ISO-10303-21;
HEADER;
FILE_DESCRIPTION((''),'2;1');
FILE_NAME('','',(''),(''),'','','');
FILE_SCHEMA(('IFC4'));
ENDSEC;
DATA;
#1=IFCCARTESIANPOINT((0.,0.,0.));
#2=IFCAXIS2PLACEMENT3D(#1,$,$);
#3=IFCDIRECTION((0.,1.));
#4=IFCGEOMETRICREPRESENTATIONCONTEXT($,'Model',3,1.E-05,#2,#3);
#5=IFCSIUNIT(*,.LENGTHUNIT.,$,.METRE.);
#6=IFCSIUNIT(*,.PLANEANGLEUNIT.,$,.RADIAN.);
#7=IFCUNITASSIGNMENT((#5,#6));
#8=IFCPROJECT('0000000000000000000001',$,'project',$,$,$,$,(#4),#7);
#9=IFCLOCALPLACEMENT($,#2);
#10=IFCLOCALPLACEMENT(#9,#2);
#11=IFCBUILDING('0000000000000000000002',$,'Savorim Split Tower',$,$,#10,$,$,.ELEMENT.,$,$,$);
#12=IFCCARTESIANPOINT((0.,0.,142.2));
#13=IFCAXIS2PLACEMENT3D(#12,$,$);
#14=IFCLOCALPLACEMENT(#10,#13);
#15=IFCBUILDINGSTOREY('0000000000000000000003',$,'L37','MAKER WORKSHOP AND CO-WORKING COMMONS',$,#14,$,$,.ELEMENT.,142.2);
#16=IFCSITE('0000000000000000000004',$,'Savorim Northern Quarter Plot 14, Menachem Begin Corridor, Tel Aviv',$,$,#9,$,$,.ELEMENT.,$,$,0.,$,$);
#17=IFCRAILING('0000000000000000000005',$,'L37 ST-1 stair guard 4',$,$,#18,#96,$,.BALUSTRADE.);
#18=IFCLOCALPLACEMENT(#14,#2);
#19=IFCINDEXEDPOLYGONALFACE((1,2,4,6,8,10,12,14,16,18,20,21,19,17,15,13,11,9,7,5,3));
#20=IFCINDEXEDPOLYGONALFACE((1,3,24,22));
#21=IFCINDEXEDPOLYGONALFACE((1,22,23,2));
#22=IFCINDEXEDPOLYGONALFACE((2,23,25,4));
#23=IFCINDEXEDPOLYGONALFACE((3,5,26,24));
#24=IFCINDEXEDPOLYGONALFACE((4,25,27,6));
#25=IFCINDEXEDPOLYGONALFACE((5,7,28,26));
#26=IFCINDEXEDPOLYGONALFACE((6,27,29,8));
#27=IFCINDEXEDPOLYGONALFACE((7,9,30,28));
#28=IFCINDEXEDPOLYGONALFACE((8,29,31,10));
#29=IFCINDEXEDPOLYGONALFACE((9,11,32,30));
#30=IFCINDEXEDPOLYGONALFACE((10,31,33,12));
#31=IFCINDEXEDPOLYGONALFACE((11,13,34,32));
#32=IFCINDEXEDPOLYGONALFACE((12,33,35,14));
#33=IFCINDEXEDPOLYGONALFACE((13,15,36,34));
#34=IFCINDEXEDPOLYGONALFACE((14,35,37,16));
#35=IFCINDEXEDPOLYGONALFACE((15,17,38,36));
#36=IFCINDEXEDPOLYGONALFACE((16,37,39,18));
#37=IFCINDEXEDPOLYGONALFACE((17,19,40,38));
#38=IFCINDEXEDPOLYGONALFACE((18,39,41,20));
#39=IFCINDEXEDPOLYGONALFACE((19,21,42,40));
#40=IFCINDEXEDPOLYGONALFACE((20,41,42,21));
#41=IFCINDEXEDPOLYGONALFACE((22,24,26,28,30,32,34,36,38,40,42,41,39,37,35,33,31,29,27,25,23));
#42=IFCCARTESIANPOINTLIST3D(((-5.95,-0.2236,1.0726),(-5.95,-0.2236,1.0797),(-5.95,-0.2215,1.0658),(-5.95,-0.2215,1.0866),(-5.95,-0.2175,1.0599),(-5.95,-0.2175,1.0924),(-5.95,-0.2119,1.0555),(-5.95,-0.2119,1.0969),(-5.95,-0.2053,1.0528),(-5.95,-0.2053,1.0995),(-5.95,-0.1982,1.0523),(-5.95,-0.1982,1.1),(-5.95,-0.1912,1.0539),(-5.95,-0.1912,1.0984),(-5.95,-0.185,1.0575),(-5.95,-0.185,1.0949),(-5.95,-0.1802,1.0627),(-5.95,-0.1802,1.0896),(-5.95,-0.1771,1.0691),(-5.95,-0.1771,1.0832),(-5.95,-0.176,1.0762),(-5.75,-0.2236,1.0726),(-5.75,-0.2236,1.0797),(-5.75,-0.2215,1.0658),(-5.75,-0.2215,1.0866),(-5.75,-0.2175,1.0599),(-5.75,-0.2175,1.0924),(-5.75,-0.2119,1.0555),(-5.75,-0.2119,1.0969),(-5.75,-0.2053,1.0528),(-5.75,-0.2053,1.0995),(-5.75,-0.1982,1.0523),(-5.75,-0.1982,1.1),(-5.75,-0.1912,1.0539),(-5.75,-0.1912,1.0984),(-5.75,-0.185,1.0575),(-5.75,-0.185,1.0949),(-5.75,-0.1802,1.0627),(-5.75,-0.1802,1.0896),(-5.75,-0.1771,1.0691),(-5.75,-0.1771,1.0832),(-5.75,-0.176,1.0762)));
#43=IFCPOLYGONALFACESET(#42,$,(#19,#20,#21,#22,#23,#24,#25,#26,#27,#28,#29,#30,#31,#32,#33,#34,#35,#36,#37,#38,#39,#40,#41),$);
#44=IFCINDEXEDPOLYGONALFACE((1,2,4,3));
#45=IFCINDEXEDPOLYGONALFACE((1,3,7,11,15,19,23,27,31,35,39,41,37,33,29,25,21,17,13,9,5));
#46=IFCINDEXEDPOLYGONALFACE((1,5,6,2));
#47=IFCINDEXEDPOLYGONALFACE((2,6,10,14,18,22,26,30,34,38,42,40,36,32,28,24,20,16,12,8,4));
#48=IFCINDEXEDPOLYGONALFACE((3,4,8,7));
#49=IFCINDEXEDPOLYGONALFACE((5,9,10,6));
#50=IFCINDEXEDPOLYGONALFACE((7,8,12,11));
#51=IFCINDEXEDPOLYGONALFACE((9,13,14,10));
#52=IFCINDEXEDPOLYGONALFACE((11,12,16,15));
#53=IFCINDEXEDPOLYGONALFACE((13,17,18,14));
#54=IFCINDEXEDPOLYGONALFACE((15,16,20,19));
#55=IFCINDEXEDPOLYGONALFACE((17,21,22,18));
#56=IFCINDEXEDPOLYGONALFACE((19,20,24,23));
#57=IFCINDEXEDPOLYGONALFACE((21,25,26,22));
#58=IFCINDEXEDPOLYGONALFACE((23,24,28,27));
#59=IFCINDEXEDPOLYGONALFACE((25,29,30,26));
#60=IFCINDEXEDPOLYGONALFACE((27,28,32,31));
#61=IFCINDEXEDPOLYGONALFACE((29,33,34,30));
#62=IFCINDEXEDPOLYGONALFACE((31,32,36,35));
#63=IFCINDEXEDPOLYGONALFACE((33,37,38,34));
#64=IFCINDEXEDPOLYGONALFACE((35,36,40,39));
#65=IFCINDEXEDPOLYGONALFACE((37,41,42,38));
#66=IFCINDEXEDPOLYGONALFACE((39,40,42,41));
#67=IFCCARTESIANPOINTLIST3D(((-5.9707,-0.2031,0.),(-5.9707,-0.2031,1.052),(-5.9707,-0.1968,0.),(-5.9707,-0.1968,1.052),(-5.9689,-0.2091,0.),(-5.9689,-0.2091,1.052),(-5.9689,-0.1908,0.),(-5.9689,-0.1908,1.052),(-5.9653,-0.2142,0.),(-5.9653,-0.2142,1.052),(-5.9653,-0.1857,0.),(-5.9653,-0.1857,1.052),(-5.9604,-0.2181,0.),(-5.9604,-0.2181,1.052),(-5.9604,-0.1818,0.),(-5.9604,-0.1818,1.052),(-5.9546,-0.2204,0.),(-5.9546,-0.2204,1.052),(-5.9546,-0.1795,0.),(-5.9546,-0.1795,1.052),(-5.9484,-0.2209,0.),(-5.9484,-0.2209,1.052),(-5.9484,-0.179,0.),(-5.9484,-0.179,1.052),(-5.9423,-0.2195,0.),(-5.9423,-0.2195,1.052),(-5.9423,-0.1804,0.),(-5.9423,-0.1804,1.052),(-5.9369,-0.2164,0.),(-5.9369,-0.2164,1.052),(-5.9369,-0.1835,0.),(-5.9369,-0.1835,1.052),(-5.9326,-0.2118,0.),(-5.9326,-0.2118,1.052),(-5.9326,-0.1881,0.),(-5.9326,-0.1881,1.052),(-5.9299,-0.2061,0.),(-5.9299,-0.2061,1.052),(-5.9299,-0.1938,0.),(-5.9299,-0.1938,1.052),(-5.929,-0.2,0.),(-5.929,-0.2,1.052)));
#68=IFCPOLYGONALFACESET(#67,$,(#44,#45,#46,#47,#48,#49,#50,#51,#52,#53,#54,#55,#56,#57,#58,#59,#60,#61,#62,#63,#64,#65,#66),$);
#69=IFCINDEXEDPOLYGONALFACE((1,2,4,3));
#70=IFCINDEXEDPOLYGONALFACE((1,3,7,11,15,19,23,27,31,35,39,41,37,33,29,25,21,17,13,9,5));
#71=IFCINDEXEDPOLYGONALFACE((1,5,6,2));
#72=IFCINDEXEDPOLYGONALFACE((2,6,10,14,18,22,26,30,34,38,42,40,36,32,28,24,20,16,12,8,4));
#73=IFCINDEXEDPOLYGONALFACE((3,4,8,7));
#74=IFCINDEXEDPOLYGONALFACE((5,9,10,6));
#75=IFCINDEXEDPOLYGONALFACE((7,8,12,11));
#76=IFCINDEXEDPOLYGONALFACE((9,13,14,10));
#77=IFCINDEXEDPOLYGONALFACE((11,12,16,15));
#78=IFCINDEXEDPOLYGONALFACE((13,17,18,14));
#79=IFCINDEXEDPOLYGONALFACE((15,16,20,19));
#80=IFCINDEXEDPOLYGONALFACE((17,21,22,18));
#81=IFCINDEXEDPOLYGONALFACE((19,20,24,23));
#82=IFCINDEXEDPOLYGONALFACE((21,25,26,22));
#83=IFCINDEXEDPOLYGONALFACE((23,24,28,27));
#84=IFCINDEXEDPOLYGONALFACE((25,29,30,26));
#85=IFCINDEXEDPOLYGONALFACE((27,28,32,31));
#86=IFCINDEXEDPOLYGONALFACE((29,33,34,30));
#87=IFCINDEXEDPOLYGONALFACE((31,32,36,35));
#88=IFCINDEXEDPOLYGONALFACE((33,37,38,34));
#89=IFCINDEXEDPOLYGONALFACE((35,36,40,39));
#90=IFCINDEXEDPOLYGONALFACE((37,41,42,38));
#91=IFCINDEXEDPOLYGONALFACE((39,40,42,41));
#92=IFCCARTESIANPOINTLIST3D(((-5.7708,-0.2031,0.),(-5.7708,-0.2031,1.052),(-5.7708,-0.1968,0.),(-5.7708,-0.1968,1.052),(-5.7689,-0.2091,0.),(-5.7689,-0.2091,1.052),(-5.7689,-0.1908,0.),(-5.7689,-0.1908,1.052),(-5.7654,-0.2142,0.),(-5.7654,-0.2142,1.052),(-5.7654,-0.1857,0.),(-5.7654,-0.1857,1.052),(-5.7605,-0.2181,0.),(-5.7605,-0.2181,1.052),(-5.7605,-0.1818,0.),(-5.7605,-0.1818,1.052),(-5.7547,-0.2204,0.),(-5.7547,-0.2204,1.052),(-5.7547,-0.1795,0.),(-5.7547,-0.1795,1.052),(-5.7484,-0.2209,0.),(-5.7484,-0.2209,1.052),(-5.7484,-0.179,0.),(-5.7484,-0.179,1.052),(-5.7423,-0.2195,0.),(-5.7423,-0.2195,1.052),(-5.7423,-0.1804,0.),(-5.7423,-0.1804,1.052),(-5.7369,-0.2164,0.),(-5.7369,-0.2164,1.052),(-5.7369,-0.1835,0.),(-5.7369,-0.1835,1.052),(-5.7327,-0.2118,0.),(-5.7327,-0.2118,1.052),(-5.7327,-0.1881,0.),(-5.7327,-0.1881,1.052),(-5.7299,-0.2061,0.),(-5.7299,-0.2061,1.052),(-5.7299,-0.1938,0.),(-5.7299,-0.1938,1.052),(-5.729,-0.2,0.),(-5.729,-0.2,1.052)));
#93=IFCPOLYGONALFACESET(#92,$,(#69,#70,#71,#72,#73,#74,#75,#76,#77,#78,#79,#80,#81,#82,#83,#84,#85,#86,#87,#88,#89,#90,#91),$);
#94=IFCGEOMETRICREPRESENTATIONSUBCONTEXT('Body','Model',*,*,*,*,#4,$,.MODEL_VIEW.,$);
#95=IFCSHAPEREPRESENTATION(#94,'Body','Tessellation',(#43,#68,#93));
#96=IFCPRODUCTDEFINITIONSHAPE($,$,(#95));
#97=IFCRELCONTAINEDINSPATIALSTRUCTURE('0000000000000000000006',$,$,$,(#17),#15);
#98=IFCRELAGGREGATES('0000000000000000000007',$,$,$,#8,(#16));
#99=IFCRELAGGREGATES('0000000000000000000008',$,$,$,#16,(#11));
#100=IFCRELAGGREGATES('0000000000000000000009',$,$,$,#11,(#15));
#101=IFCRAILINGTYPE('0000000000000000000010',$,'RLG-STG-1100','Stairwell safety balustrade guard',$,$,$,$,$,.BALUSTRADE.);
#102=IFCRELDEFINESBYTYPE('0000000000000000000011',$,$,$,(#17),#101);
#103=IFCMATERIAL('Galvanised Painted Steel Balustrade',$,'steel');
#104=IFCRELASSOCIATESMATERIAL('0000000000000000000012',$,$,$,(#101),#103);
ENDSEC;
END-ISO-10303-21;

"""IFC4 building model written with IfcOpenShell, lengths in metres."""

from ifc_helpers import new_model, si_unit, direction, frame, origin, origin_2d, place, context, subcontext, project, spatial, circle, extrude, material, type_object, element, save


model = new_model("IFC4")

# Units and contexts
model_context = context("Model", 3, precision=1e-05, world=origin(), true_north=direction((0.0, 1.0)))
body_context = subcontext(model_context, "Body", "Model", "MODEL_VIEW")
ifc_project = project(units=[si_unit("LENGTHUNIT", "METRE"), si_unit("PLANEANGLEUNIT", "RADIAN")], contexts=[model_context])

# Site, building, storey
site_placement = place(None, origin())
site = spatial("IfcSite", under=ifc_project, at=site_placement, Name="Savorim Northern Quarter Plot 14, Menachem Begin Corridor, Tel Aviv", CompositionType="ELEMENT", RefElevation=0.0)
building_placement = place(site_placement, origin())
building = spatial("IfcBuilding", under=site, at=building_placement, Name="Savorim Split Tower", CompositionType="ELEMENT")
storey_placement = place(building_placement, frame((0.0, 0.0, 142.2)))
storey = spatial("IfcBuildingStorey", under=building, at=storey_placement, Name="L37", Description="MAKER WORKSHOP AND CO-WORKING COMMONS", CompositionType="ELEMENT", Elevation=142.2)

# Railing
ifc_material_1 = material(Name="Galvanised Painted Steel Balustrade", Category="steel")
railing_type_1 = type_object("IfcRailingType", Name="RLG-STG-1100", Description="Stairwell safety balustrade guard", PredefinedType="BALUSTRADE", material=ifc_material_1)
railing_1_placement = place(storey_placement, frame((-5.95, -0.2, 0.0)))
element("IfcRailing", 1, at=railing_1_placement, inside=storey, type_object=railing_type_1, Name="L37 ST-1 stair guard 4", PredefinedType="BALUSTRADE", context=body_context, shape_type="SweptSolid", body=[
    extrude(circle(Radius=0.0239, at=origin_2d()), frame((0.0, 0.0, 1.0762), z_axis=(1.0, 0.0, 0.0), x_axis=(0.0, 1.0, 0.0)), (0.0, 0.0, 1.0), 0.2),
    extrude(circle(Radius=0.021, at=origin_2d()), origin(), (0.0, 0.0, 1.0), 1.052),
    extrude(circle(Radius=0.021, at=origin_2d()), frame((0.2, 0.0, 0.0)), (0.0, 0.0, 1.0), 1.052),
])

save(model, "model.ifc")
